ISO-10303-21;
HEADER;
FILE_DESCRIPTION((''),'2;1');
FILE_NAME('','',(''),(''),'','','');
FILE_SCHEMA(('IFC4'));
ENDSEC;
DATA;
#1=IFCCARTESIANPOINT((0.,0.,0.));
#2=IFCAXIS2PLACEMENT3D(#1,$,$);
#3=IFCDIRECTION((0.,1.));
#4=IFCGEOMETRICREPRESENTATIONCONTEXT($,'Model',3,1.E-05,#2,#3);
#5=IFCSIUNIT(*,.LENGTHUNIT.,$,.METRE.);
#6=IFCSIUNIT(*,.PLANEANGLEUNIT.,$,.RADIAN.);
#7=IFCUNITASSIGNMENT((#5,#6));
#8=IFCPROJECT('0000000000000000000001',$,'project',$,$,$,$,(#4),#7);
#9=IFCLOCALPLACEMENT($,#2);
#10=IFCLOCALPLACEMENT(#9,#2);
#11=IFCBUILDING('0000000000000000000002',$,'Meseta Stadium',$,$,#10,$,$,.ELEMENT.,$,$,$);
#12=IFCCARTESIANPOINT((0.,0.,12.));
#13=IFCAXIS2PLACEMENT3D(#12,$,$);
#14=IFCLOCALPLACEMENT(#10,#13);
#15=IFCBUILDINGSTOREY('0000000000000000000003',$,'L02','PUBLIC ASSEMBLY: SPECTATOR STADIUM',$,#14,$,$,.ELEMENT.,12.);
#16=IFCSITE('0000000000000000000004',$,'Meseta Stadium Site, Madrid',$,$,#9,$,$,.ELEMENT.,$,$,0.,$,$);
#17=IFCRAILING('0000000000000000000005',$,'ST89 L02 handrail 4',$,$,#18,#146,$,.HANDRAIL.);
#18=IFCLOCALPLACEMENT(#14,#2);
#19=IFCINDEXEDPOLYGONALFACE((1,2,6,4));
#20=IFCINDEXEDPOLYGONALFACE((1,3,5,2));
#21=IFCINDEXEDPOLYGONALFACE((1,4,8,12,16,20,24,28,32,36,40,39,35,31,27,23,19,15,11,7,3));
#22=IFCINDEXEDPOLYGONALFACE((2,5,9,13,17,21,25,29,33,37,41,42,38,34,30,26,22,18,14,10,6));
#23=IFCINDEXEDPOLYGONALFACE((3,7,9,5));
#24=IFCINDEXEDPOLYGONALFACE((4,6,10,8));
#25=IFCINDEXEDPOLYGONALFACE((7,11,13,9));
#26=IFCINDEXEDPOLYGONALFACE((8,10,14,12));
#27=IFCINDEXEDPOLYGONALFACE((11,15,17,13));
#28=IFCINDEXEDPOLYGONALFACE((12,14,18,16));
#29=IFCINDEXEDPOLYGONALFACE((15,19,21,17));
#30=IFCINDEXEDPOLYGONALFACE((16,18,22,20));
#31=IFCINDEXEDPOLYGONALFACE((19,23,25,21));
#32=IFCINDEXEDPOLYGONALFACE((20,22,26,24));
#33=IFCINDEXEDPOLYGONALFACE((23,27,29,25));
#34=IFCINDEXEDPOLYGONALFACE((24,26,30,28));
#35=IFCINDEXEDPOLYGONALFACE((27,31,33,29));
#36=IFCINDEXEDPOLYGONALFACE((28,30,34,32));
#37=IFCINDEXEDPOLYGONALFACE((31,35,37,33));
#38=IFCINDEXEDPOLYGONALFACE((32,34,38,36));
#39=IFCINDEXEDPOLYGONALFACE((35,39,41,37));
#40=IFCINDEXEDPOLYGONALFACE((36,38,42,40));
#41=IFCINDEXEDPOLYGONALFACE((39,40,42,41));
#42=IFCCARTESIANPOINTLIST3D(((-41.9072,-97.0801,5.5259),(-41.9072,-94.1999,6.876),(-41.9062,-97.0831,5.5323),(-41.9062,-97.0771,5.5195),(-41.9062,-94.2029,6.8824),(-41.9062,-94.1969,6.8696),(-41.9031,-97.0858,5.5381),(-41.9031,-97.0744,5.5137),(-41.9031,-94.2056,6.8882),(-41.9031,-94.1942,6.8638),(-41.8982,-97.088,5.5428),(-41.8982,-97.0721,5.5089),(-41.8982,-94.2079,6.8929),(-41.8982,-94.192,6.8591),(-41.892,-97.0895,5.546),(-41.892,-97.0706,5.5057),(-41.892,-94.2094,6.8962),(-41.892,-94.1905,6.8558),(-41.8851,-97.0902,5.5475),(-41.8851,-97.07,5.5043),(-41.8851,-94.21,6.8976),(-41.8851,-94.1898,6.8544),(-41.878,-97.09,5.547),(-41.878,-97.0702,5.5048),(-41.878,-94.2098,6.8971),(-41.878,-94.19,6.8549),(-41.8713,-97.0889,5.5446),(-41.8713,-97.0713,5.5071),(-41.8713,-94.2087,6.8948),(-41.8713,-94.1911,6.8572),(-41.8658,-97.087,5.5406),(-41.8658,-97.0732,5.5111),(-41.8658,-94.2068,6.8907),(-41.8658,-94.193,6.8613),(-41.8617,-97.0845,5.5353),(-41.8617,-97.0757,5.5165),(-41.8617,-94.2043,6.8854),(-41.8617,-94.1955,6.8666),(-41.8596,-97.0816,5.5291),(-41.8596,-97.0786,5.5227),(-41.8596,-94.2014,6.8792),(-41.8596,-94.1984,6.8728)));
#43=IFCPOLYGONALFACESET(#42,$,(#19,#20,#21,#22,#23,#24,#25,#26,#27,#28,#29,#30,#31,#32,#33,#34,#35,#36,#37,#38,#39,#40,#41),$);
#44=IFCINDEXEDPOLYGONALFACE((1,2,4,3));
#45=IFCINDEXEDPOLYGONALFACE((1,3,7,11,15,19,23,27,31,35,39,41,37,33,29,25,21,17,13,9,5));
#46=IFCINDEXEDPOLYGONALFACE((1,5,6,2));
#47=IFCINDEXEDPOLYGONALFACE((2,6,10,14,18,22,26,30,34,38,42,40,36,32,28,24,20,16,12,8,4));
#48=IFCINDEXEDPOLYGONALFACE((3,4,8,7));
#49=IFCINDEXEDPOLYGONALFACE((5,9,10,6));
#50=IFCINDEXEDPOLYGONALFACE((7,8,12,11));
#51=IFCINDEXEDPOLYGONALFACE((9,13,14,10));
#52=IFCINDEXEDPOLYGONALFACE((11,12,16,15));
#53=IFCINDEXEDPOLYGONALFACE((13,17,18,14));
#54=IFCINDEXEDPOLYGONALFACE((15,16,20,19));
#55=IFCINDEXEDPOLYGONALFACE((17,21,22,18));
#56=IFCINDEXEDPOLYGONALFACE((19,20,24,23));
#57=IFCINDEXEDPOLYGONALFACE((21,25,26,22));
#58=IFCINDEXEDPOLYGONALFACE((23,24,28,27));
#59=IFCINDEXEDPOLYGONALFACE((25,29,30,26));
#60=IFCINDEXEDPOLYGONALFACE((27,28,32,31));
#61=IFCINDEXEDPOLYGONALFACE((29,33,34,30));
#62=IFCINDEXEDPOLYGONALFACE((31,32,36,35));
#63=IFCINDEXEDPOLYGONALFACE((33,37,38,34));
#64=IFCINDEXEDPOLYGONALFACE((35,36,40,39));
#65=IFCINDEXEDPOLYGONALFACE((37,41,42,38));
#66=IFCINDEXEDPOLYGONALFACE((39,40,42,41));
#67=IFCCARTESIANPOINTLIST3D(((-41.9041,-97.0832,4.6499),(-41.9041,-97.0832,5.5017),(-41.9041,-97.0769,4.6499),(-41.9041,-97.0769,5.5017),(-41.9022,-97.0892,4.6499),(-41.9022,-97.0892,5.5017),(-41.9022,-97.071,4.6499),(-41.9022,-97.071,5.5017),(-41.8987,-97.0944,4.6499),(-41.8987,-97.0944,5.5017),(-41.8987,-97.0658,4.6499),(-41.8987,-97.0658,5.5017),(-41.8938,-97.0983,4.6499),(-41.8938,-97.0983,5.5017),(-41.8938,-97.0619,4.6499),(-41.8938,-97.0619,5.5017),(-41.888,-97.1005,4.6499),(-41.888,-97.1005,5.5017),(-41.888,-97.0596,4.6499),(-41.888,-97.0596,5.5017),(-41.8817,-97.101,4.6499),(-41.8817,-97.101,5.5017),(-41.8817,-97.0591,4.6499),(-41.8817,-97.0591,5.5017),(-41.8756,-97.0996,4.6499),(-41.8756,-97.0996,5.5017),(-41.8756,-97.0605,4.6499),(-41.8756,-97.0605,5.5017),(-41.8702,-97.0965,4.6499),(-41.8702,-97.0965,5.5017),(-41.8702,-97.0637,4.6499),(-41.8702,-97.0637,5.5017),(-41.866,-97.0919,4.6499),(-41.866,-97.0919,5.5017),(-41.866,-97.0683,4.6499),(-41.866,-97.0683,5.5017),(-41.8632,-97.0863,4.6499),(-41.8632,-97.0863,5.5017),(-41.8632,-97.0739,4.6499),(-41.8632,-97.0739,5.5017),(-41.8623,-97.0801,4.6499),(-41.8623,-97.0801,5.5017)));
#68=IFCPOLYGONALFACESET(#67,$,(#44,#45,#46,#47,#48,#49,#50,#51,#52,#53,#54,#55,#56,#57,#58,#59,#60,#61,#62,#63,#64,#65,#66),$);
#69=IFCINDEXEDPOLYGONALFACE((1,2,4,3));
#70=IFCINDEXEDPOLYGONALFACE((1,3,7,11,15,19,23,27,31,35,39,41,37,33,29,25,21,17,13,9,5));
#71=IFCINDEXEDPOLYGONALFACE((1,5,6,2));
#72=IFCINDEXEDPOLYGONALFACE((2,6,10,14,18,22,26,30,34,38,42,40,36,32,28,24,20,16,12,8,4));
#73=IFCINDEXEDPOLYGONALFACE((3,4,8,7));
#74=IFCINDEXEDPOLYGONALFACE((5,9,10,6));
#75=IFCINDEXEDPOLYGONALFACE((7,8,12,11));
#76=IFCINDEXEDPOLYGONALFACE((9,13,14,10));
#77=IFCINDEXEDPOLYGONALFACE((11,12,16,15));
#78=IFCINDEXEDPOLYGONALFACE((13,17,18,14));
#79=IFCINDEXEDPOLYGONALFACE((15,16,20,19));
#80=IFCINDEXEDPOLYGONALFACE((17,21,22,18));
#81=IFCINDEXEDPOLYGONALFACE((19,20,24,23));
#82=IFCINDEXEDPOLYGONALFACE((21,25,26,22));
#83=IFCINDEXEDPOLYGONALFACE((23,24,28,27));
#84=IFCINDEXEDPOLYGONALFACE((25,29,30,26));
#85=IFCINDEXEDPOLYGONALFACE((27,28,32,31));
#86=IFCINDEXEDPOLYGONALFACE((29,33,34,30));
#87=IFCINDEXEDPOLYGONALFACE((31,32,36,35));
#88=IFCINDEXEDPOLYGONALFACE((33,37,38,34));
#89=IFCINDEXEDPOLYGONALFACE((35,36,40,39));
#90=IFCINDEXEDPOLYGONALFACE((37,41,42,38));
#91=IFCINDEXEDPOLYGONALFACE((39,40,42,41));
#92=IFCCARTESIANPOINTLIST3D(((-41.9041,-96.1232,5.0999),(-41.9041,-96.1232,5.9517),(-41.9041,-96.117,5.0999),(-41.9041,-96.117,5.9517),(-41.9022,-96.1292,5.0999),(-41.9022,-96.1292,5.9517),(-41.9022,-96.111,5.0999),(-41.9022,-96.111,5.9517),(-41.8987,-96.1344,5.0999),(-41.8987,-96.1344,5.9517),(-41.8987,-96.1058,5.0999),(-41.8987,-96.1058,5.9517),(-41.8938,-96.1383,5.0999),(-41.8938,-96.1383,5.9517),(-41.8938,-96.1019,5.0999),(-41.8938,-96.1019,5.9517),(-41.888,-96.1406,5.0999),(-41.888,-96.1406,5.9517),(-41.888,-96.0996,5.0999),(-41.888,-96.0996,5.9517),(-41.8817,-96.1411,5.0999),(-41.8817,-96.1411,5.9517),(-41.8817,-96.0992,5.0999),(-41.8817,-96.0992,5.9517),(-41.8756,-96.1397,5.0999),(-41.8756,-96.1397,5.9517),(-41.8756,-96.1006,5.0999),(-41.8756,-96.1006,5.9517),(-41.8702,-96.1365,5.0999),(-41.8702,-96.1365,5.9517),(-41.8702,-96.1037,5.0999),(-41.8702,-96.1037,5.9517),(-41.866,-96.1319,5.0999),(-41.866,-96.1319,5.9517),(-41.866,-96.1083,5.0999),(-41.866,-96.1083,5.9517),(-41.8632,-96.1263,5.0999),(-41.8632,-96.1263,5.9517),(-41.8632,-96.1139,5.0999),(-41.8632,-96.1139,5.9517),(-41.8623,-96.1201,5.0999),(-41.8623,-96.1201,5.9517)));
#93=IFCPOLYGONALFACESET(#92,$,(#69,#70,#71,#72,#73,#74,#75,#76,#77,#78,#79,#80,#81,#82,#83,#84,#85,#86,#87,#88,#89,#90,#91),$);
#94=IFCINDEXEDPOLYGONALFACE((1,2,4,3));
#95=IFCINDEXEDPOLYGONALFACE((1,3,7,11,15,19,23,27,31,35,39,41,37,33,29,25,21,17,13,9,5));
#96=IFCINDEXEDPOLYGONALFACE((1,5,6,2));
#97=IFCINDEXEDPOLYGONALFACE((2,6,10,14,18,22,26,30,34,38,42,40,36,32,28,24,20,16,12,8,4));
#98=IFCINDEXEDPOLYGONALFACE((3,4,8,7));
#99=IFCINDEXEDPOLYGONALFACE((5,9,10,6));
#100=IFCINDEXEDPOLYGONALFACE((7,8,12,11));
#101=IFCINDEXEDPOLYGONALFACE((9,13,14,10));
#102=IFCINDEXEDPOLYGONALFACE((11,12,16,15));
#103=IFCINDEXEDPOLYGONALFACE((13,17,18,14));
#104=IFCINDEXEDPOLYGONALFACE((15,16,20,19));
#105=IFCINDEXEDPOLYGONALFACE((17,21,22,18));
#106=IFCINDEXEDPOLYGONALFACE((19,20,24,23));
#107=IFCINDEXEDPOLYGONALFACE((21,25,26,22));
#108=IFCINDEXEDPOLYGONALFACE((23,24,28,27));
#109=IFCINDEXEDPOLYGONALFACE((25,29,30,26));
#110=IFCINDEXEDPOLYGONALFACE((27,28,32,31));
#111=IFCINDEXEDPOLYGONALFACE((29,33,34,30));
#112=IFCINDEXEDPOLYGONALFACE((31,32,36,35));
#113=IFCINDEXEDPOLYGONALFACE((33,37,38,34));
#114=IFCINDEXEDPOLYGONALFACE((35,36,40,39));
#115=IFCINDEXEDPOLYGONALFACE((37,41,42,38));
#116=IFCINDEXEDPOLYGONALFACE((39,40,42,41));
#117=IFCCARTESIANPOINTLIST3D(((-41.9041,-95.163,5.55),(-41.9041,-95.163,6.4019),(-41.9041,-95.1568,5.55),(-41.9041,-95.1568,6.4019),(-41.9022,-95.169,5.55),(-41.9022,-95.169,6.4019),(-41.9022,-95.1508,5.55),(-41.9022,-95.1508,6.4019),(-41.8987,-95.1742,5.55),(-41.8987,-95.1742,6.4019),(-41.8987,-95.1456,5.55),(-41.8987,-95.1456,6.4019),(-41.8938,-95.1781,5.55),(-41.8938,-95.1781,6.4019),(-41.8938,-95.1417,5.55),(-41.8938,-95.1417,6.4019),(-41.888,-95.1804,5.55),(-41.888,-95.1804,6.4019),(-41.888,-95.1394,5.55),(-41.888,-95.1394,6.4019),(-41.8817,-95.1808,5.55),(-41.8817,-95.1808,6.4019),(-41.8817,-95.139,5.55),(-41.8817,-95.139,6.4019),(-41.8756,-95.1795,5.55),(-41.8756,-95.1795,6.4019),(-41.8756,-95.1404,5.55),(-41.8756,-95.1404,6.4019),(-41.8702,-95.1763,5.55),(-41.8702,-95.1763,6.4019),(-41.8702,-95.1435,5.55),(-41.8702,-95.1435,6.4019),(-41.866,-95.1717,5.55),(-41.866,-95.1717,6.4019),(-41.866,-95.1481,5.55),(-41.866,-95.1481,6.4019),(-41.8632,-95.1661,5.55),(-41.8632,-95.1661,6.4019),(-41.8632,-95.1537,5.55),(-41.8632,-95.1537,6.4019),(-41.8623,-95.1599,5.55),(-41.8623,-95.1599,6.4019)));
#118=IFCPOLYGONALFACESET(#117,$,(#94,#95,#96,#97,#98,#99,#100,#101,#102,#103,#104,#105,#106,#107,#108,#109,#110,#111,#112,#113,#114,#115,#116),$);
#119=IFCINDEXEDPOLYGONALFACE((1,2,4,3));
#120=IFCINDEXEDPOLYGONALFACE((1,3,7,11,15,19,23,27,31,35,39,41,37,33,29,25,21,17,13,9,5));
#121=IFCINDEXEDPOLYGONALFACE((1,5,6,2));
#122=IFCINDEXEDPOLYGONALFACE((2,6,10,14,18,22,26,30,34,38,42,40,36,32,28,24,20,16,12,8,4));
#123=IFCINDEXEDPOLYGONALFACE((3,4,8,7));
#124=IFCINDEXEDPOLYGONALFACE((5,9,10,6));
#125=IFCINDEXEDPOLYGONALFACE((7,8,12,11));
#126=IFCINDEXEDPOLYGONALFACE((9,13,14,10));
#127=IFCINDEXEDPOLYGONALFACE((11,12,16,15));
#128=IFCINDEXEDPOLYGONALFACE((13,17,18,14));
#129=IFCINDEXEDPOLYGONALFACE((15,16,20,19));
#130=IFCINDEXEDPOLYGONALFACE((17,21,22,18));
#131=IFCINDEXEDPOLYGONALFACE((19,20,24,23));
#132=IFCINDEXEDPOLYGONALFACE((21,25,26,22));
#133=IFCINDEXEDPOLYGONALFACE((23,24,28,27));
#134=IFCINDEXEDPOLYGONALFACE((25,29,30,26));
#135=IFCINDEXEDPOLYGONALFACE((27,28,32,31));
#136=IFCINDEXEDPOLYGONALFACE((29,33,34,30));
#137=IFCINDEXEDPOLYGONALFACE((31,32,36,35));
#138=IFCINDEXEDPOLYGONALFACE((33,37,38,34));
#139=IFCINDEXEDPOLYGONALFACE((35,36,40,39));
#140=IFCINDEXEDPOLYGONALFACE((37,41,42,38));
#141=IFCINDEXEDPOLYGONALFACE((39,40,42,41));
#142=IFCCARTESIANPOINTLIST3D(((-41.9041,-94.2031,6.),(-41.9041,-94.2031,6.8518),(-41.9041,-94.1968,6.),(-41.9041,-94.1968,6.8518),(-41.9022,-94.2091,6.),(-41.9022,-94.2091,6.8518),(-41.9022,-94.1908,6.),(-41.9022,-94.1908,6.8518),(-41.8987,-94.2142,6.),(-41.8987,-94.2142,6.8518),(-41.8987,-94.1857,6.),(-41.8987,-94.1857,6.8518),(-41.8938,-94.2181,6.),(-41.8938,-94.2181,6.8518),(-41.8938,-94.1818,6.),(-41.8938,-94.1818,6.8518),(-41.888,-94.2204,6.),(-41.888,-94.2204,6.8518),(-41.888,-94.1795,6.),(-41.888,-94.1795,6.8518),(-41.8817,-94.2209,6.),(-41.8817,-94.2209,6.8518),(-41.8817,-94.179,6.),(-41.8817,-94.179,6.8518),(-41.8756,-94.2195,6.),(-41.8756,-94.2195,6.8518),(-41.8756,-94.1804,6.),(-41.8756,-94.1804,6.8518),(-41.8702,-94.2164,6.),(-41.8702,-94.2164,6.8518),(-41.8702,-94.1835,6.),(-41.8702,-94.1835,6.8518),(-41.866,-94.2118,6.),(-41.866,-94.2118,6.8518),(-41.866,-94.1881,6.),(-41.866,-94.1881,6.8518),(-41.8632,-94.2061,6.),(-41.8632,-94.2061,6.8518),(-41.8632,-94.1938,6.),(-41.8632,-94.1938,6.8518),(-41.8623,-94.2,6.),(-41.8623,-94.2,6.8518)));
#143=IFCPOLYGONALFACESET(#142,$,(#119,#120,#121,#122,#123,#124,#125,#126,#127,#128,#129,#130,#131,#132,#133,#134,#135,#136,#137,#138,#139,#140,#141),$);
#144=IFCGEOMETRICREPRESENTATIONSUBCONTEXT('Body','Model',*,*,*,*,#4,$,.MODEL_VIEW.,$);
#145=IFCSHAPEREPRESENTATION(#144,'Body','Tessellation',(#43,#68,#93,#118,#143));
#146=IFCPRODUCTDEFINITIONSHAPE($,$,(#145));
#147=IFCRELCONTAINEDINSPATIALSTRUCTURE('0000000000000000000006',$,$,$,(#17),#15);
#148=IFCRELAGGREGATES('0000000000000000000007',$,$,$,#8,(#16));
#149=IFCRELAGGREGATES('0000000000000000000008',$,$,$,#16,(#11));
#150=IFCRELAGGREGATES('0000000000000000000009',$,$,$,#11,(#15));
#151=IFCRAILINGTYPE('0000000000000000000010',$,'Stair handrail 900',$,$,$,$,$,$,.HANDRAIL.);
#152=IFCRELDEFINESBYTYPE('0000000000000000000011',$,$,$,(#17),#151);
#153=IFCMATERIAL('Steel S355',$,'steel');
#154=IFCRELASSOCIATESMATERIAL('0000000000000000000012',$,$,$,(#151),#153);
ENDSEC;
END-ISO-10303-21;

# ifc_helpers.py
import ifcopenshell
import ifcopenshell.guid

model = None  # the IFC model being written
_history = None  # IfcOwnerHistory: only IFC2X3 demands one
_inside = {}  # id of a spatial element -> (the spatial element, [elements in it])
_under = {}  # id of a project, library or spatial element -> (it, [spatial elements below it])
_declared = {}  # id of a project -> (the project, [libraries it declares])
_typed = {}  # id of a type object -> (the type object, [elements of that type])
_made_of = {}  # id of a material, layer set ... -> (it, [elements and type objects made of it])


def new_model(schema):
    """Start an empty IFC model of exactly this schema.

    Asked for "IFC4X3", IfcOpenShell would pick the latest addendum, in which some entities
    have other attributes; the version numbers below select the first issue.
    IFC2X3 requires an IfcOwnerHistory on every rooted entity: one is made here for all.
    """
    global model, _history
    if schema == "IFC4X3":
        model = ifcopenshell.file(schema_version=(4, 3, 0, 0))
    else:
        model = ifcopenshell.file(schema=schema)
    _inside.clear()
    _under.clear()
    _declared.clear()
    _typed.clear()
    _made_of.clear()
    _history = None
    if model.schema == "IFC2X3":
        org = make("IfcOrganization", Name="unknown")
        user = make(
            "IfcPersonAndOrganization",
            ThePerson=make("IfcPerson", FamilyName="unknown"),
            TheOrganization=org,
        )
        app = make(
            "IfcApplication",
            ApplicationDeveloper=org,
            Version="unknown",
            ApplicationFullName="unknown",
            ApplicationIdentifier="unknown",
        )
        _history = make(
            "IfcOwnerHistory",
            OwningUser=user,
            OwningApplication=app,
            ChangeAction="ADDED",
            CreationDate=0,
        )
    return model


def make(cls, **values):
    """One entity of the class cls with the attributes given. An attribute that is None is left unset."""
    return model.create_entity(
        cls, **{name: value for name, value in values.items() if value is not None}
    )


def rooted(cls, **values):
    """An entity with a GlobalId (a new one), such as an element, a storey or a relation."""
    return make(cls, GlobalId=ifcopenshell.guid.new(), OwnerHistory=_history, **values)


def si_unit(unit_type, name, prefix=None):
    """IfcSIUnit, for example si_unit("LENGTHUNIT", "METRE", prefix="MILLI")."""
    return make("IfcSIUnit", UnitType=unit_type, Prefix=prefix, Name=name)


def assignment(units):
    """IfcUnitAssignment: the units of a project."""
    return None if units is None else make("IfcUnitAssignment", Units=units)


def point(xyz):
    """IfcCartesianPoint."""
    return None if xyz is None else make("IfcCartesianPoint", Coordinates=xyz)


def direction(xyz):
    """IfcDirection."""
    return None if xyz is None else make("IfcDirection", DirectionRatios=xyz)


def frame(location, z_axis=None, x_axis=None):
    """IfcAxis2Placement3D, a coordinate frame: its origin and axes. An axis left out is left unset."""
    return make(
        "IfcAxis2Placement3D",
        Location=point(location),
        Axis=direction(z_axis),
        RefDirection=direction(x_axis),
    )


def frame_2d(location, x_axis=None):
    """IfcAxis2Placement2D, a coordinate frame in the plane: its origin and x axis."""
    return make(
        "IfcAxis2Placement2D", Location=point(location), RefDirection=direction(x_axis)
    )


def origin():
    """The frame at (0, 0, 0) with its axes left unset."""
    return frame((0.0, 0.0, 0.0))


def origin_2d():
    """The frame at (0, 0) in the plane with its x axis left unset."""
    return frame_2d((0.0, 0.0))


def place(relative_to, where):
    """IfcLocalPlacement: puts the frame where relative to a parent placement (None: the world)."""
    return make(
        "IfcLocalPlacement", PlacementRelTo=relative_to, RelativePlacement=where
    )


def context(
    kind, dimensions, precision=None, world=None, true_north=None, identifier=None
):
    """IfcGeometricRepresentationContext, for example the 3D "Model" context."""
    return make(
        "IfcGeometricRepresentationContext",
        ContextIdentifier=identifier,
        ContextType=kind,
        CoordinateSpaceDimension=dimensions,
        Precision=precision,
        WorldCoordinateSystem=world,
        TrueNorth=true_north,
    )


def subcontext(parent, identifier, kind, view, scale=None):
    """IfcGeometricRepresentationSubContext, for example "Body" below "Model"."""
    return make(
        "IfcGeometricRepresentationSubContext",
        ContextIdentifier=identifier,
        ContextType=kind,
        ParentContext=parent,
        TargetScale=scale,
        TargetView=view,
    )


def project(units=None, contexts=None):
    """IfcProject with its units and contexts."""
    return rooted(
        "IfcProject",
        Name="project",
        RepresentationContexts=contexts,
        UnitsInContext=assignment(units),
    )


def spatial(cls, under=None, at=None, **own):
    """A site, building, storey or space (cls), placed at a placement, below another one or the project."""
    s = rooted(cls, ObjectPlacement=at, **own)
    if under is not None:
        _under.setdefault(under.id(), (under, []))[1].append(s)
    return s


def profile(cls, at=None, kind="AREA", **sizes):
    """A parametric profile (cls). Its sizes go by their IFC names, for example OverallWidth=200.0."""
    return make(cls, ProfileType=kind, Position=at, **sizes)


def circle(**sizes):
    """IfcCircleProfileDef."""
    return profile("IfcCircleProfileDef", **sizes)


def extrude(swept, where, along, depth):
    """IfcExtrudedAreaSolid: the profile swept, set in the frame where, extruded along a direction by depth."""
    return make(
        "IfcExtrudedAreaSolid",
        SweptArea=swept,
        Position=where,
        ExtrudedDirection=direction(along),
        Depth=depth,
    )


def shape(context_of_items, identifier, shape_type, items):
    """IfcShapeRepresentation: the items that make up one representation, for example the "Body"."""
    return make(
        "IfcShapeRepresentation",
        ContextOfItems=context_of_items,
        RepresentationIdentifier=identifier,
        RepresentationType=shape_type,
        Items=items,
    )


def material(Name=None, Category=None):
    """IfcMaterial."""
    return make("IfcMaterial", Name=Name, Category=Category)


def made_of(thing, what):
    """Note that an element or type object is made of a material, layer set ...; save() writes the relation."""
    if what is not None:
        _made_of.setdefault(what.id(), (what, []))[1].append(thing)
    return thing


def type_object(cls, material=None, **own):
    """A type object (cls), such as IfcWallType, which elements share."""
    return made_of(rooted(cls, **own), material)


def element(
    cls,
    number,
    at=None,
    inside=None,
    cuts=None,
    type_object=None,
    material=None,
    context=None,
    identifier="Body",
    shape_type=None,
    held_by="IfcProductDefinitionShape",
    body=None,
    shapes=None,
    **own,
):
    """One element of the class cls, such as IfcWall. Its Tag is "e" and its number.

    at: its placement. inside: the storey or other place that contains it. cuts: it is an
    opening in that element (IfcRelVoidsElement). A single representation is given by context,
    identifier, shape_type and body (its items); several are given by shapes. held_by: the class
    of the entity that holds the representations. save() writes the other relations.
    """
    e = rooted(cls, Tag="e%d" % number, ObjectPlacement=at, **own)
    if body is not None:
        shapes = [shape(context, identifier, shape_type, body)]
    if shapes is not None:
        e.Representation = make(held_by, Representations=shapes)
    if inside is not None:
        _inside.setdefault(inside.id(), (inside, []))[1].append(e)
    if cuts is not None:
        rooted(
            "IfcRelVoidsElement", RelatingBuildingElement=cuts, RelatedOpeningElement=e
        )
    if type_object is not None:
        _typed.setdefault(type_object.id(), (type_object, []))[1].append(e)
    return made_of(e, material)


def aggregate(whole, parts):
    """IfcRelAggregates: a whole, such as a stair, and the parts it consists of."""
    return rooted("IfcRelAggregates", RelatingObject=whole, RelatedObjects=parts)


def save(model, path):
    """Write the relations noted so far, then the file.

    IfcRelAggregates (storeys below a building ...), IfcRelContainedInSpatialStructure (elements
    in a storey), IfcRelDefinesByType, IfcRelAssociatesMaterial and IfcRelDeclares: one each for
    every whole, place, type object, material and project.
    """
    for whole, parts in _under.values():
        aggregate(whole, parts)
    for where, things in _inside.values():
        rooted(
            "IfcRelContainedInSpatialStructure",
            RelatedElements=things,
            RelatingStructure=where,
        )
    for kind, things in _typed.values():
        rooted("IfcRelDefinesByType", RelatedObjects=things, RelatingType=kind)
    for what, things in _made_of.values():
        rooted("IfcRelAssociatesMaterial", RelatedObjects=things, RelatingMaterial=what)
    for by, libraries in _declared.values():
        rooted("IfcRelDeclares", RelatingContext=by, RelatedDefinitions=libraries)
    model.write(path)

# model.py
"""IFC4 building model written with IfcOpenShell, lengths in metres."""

from ifc_helpers import new_model, si_unit, direction, frame, origin, origin_2d, place, context, subcontext, project, spatial, circle, extrude, material, type_object, element, save


model = new_model("IFC4")

# Units and contexts
model_context = context("Model", 3, precision=1e-05, world=origin(), true_north=direction((0.0, 1.0)))
body_context = subcontext(model_context, "Body", "Model", "MODEL_VIEW")
ifc_project = project(units=[si_unit("LENGTHUNIT", "METRE"), si_unit("PLANEANGLEUNIT", "RADIAN")], contexts=[model_context])

# Site, building, storey
site_placement = place(None, origin())
site = spatial("IfcSite", under=ifc_project, at=site_placement, Name="Meseta Stadium Site, Madrid", CompositionType="ELEMENT", RefElevation=0.0)
building_placement = place(site_placement, origin())
building = spatial("IfcBuilding", under=site, at=building_placement, Name="Meseta Stadium", CompositionType="ELEMENT")
storey_placement = place(building_placement, frame((0.0, 0.0, 12.0)))
storey = spatial("IfcBuildingStorey", under=building, at=storey_placement, Name="L02", Description="PUBLIC ASSEMBLY: SPECTATOR STADIUM", CompositionType="ELEMENT", Elevation=12.0)

# Railing
ifc_material_1 = material(Name="Steel S355", Category="steel")
railing_type_1 = type_object("IfcRailingType", Name="Stair handrail 900", PredefinedType="HANDRAIL", material=ifc_material_1)
for number, where, name in (
    (1, (-41.8833, -97.0801, 4.6499), "ST89 L02 handrail 4"),
):
    element("IfcRailing", number, at=place(storey_placement, frame(where)), inside=storey, type_object=railing_type_1, Name=name, PredefinedType="HANDRAIL", context=body_context, shape_type="SweptSolid", body=[
        extrude(circle(Radius=0.0239, at=origin_2d()), frame((0.0, 0.0, 0.876), z_axis=(0.0, 0.905454, 0.424444), x_axis=(-1.0, 0.0, 0.0)), (0.0, 0.0, 1.0), 3.1809),
        extrude(circle(Radius=0.021, at=origin_2d()), origin(), (0.0, 0.0, 1.0), 0.8518),
        extrude(circle(Radius=0.021, at=origin_2d()), frame((0.0, 0.96, 0.45)), (0.0, 0.0, 1.0), 0.8518),
        extrude(circle(Radius=0.021, at=origin_2d()), frame((0.0, 1.9202, 0.9001)), (0.0, 0.0, 1.0), 0.8518),
        extrude(circle(Radius=0.021, at=origin_2d()), frame((0.0, 2.8801, 1.3501)), (0.0, 0.0, 1.0), 0.8518),
    ])

save(model, "model.ifc")
